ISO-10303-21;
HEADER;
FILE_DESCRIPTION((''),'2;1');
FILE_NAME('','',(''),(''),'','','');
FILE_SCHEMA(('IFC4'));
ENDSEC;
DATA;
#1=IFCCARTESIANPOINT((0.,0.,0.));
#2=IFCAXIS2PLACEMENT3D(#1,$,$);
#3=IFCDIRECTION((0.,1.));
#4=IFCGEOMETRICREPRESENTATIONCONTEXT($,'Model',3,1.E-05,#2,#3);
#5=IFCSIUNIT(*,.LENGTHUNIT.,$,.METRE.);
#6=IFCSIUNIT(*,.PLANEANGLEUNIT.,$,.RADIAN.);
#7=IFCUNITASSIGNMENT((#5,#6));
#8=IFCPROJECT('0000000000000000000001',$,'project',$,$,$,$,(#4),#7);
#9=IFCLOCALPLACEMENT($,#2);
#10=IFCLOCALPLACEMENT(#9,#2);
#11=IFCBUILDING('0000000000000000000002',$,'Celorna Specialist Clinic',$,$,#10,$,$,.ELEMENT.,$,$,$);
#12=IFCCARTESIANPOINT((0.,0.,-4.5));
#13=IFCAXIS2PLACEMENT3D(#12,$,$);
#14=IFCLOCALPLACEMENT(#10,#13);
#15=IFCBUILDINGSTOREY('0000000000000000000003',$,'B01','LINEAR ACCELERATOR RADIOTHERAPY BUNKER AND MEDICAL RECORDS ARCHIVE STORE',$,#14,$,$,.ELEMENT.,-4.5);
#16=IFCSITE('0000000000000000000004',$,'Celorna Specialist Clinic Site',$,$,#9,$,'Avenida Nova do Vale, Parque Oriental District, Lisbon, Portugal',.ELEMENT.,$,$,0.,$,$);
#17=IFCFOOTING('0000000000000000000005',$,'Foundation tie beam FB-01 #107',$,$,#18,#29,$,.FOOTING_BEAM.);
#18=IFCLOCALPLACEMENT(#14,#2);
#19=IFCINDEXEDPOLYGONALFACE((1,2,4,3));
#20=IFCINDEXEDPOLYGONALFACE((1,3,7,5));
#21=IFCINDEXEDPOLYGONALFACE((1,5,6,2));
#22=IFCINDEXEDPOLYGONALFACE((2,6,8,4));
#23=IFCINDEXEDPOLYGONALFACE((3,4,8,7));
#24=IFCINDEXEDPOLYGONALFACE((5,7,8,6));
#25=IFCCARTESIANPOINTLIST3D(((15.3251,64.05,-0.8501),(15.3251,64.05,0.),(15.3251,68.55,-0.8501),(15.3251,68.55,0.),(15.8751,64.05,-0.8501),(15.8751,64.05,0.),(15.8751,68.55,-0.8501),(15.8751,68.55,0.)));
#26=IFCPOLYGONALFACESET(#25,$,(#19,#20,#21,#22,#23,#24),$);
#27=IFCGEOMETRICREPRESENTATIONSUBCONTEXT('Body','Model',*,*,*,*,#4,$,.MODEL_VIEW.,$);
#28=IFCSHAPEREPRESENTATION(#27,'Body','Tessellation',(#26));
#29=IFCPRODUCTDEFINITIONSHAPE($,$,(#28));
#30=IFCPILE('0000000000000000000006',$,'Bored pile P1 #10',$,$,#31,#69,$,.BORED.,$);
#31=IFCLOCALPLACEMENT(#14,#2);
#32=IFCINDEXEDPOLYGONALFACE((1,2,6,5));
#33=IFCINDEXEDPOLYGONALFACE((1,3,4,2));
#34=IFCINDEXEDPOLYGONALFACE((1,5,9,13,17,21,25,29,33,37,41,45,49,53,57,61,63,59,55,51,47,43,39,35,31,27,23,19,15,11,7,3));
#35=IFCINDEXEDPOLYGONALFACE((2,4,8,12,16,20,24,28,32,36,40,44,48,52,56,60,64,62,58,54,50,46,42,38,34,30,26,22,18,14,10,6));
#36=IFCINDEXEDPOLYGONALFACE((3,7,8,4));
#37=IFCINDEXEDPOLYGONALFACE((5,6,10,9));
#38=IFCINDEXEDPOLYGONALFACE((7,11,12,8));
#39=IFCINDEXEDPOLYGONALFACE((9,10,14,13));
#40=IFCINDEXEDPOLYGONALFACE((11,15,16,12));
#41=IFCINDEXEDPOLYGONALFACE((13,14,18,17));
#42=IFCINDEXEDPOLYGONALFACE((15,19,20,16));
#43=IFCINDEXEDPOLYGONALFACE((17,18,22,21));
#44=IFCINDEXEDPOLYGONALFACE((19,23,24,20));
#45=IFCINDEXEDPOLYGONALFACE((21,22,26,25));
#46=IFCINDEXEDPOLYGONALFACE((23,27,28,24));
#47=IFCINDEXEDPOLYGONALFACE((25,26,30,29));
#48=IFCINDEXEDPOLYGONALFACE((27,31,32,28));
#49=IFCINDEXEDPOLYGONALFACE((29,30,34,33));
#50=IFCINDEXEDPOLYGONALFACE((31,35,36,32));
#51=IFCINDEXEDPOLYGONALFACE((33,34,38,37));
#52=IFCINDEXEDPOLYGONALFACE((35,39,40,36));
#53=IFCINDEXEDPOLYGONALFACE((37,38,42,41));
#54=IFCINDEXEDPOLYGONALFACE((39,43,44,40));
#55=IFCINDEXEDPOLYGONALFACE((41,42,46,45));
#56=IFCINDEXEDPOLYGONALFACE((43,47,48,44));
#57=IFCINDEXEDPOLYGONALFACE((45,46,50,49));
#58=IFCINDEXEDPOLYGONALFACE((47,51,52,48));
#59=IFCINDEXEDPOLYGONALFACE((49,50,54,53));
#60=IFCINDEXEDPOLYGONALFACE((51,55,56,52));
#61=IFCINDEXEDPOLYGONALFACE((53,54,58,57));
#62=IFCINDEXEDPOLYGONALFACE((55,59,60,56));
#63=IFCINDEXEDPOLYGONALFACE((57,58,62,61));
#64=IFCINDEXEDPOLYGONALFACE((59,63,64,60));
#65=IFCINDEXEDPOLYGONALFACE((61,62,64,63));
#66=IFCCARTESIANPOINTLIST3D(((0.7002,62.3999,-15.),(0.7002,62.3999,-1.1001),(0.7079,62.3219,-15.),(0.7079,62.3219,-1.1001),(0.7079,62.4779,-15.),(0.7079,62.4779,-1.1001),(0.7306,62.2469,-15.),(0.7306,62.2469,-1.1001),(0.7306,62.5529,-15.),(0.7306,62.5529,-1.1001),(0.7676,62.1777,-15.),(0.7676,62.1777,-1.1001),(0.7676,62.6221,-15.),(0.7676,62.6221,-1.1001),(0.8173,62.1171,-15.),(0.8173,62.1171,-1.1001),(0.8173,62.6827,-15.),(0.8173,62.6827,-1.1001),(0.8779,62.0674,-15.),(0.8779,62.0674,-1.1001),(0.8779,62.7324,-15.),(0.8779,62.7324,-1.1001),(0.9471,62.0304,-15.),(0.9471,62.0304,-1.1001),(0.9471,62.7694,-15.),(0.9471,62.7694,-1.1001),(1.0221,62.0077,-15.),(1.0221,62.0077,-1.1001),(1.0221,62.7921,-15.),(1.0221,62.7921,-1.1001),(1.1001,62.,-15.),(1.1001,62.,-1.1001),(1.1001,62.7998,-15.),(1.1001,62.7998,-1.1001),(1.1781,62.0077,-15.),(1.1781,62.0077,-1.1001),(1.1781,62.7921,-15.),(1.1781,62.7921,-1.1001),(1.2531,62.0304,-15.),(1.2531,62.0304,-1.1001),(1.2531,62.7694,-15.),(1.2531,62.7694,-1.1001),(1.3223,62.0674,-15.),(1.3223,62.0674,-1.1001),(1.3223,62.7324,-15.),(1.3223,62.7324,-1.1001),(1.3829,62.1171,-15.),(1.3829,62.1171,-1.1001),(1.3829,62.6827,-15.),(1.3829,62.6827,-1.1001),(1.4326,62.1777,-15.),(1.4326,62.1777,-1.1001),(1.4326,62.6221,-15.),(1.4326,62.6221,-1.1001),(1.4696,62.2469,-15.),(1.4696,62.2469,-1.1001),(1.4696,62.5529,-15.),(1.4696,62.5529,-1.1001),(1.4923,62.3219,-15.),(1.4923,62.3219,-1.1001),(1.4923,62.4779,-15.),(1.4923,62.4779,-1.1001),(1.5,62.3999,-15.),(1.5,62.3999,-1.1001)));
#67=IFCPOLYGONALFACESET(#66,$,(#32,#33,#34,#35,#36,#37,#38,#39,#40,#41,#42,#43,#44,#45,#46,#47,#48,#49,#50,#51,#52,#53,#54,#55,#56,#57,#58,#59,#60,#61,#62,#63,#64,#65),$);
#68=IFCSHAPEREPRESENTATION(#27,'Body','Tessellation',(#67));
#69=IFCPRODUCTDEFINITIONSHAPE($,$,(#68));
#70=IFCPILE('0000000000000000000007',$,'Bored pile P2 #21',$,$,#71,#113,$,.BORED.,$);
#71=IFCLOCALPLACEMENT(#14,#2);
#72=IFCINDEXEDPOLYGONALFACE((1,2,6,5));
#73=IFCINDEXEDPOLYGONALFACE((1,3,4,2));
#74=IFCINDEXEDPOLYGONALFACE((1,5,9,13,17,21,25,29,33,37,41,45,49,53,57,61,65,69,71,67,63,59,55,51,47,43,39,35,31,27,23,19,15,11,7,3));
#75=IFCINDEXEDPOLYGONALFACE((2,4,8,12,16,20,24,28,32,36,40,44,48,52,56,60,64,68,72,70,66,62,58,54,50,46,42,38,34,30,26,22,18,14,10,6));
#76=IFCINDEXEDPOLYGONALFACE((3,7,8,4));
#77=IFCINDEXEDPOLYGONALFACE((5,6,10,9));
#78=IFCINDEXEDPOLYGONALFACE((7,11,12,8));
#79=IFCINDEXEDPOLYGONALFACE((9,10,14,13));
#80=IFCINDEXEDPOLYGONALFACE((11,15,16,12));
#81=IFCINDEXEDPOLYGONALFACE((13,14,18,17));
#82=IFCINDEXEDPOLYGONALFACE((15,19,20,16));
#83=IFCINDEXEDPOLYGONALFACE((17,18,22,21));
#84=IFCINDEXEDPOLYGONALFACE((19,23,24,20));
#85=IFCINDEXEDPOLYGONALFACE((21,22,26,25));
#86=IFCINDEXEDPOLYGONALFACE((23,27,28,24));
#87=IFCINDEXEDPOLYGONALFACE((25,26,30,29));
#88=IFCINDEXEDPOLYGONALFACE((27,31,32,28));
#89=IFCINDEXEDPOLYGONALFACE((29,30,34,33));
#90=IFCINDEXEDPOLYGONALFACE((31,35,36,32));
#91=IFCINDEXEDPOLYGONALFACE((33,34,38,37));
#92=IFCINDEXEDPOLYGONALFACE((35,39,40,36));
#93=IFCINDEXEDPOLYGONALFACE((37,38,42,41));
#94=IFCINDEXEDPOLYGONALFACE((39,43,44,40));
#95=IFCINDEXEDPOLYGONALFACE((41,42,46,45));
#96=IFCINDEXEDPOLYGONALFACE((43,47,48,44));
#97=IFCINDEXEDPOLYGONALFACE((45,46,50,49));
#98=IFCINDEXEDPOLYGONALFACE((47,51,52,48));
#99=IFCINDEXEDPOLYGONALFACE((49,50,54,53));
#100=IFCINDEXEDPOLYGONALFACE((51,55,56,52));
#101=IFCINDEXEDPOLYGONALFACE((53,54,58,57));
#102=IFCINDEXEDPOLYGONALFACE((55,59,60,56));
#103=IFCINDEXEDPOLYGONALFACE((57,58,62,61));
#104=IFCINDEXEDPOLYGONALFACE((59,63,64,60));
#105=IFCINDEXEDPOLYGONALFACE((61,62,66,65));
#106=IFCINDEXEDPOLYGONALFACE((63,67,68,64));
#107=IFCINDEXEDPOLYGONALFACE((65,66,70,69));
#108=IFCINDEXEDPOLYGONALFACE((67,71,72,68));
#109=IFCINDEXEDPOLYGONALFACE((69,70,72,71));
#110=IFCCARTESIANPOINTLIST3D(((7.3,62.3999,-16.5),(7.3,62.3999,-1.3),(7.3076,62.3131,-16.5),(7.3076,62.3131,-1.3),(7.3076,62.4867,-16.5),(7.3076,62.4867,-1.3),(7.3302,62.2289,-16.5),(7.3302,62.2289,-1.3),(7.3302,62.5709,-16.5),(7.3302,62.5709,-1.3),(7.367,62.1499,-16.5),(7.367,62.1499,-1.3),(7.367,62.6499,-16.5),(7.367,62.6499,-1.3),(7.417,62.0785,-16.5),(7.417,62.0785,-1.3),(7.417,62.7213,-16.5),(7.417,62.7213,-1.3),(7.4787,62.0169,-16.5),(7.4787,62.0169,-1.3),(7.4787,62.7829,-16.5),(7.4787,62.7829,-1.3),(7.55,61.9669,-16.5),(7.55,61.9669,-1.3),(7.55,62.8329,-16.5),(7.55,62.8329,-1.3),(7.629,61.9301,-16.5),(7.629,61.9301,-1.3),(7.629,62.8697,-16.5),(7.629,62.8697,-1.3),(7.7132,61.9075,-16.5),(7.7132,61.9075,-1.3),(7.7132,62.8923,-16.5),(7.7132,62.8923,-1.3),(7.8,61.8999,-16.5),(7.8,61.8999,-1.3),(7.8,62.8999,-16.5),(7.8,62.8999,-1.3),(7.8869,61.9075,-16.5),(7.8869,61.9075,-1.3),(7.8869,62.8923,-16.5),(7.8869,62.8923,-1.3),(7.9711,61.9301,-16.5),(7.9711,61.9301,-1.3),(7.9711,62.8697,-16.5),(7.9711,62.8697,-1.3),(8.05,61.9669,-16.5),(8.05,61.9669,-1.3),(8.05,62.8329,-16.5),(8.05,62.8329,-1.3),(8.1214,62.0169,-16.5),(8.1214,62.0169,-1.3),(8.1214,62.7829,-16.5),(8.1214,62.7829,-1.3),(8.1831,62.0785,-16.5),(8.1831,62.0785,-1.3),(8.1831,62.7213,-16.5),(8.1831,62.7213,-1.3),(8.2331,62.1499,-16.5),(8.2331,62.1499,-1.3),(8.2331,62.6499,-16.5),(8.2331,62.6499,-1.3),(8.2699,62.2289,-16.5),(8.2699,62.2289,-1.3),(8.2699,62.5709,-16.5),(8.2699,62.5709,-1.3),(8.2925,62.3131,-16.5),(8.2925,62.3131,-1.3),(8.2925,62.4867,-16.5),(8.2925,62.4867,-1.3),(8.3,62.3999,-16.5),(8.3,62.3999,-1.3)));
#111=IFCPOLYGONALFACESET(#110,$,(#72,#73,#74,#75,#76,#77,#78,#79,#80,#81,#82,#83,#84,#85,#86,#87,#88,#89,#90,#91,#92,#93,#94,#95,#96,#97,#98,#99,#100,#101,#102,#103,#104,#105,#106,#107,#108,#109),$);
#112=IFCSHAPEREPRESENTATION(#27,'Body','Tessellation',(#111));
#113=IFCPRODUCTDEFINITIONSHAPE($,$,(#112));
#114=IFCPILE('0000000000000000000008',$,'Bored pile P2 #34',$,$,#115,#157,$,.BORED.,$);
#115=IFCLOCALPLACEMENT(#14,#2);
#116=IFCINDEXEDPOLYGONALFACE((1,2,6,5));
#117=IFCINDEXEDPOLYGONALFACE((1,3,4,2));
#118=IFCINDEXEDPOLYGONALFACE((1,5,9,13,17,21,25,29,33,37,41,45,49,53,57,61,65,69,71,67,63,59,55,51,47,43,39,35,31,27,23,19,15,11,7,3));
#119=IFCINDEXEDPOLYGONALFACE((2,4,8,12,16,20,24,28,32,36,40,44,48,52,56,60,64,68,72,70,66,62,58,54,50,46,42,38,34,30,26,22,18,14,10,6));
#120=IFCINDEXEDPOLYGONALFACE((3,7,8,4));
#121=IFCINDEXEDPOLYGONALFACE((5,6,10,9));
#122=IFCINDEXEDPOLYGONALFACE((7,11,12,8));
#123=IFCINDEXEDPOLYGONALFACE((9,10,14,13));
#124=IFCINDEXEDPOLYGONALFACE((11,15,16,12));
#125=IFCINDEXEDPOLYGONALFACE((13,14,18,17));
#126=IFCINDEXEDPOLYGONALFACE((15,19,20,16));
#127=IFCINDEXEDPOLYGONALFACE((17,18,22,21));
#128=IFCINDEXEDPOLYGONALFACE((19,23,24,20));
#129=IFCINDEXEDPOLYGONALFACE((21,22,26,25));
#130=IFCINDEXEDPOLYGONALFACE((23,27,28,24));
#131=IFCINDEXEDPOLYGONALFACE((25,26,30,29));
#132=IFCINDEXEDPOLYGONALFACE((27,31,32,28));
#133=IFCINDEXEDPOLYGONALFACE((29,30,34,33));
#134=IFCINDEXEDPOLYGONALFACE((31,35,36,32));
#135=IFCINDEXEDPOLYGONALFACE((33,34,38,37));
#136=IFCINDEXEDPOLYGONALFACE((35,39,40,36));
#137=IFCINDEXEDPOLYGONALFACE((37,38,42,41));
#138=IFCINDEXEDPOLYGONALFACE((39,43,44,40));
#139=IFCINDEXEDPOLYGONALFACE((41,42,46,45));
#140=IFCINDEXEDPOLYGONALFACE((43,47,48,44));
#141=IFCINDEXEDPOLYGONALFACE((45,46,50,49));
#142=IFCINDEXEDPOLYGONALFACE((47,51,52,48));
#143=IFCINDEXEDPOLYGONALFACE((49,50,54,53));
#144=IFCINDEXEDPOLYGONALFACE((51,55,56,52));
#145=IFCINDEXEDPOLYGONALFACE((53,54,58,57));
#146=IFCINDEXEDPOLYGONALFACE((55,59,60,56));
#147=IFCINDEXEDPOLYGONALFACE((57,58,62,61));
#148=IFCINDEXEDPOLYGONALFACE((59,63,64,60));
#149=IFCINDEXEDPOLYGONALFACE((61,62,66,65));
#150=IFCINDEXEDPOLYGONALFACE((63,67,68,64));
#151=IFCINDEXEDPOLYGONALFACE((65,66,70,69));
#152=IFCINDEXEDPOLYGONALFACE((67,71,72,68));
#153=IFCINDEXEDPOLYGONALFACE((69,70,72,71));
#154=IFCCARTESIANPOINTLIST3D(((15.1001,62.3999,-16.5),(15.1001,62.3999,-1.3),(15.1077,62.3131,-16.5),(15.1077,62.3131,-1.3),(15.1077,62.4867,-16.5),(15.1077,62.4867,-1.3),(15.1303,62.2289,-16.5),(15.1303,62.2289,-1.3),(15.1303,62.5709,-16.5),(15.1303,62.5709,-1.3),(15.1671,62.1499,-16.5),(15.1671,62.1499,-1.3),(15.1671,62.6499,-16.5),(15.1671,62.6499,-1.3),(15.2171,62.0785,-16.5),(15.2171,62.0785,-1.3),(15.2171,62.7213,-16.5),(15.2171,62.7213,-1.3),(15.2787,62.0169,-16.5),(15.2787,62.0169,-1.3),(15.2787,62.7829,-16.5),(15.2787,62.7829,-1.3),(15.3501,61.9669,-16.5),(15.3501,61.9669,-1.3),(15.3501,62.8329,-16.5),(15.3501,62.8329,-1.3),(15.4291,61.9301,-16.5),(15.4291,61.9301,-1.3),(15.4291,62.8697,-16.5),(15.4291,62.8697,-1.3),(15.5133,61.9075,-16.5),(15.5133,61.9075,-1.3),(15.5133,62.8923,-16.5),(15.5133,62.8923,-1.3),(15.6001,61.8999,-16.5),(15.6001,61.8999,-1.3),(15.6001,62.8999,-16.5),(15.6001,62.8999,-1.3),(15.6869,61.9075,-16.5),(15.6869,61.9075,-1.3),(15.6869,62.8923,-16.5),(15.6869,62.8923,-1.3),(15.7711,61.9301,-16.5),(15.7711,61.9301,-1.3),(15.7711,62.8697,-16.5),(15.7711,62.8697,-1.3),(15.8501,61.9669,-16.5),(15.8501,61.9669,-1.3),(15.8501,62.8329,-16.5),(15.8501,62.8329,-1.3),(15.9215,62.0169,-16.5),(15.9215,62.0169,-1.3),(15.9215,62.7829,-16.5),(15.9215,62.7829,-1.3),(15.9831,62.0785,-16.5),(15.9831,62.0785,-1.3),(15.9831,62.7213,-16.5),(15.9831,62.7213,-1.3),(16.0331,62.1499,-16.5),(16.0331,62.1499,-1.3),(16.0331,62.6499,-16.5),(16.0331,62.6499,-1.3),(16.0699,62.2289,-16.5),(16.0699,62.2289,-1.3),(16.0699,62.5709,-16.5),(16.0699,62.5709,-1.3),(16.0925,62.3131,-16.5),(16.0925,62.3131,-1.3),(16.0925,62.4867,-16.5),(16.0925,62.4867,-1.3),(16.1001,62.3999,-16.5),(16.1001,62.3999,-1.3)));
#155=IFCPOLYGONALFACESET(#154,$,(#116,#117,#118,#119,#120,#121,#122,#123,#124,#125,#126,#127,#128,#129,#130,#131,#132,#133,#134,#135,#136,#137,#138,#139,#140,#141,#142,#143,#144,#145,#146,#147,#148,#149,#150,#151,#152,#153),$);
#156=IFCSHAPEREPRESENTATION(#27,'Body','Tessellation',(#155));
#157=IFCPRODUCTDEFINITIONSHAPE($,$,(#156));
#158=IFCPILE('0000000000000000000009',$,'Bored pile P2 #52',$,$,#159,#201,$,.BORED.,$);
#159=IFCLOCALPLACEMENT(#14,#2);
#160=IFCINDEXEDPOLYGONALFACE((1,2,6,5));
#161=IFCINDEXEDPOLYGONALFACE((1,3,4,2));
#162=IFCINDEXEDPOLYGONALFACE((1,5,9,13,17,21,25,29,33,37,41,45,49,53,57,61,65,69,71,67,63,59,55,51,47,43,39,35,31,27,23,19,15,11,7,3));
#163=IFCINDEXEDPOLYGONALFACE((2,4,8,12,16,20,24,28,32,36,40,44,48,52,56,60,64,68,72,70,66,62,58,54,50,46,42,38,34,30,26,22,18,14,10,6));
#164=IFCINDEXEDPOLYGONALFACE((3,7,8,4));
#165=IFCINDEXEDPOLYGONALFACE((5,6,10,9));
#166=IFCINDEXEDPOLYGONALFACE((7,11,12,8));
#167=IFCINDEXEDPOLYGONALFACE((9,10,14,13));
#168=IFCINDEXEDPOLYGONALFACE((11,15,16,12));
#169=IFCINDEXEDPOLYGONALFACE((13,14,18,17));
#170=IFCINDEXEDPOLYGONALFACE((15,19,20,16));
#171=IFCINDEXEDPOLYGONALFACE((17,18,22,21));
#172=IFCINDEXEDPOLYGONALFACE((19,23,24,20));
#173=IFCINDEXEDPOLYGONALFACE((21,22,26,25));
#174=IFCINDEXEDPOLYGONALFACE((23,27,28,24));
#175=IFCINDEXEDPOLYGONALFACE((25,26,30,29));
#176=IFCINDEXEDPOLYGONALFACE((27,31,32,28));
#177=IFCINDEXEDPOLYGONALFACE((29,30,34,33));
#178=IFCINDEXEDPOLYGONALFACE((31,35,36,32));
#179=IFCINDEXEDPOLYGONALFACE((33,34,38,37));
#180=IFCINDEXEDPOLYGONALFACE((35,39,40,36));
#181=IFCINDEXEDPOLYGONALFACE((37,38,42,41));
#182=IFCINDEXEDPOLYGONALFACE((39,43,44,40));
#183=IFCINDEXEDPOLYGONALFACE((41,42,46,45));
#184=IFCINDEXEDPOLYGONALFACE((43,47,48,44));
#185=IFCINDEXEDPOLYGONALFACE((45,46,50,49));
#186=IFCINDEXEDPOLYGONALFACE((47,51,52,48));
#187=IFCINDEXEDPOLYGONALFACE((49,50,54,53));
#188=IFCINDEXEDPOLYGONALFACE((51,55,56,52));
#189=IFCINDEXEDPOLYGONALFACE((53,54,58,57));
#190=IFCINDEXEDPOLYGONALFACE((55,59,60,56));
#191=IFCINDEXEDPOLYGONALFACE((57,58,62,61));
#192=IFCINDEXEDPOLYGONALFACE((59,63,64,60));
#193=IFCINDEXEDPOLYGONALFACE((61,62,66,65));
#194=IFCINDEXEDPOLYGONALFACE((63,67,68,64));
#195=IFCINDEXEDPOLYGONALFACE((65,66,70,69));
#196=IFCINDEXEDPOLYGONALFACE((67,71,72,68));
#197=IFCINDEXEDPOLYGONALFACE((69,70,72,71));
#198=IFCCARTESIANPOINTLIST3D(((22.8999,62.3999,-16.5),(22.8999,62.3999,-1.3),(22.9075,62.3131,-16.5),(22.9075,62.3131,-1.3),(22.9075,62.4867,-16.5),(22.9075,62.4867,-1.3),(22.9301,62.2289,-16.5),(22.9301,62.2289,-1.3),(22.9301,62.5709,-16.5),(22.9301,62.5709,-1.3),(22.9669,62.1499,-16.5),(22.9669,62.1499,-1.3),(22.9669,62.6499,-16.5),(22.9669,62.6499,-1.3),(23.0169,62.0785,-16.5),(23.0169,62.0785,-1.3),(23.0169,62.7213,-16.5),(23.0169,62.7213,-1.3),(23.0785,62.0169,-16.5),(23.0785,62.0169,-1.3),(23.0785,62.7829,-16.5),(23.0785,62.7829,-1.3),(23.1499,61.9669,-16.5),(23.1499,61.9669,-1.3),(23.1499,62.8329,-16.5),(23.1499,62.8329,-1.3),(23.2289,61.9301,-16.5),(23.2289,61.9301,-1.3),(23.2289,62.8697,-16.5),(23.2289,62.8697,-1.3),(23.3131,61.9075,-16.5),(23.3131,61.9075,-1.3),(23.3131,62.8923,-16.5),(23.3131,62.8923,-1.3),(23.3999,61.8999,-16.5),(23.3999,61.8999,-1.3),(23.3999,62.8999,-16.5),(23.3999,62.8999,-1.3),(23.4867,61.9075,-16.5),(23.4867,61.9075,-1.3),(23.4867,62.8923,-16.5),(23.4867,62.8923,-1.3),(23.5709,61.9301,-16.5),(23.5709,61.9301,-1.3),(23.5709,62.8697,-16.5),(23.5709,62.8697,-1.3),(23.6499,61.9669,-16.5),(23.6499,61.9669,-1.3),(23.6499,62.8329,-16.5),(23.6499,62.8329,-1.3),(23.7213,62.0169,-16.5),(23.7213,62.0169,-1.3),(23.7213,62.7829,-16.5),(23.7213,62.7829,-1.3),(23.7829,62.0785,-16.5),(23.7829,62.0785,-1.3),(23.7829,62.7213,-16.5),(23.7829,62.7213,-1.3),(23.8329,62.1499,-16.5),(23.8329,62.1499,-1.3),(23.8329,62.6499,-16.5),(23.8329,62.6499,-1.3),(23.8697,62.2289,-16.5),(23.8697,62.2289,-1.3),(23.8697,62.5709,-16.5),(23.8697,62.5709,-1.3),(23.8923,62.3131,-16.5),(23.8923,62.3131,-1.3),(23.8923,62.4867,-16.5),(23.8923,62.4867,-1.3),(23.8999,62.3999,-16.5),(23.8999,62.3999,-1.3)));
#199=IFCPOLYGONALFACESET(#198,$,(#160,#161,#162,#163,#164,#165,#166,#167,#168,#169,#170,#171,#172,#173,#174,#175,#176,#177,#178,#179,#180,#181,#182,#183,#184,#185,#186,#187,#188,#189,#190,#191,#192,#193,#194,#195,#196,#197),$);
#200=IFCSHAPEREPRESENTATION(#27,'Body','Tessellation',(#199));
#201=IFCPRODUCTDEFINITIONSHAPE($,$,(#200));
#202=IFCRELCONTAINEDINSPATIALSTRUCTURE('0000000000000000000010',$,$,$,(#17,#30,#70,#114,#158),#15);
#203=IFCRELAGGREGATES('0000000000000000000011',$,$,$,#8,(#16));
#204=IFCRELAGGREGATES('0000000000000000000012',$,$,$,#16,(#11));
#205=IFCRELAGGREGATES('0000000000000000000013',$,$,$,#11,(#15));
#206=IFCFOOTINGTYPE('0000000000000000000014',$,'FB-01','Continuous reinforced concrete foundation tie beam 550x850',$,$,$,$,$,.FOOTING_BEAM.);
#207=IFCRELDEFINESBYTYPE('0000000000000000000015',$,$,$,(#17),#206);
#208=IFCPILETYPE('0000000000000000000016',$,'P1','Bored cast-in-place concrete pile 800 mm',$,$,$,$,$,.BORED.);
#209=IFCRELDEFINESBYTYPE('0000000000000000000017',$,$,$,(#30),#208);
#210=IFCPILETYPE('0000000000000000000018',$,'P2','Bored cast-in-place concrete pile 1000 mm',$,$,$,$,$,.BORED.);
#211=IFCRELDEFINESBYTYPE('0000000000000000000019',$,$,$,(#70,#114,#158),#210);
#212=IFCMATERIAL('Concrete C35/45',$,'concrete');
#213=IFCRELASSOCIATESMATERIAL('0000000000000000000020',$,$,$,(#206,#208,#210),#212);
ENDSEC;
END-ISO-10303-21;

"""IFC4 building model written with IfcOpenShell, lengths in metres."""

from ifc_helpers import new_model, si_unit, direction, frame, origin, origin_2d, place, context, subcontext, project, spatial, rectangle, circle, extrude, material, material_profile, profile_set, type_object, element, save


model = new_model("IFC4")

# Units and contexts
model_context = context("Model", 3, precision=1e-05, world=origin(), true_north=direction((0.0, 1.0)))
body_context = subcontext(model_context, "Body", "Model", "MODEL_VIEW")
ifc_project = project(units=[si_unit("LENGTHUNIT", "METRE"), si_unit("PLANEANGLEUNIT", "RADIAN")], contexts=[model_context])

# Site, building, storey
site_placement = place(None, origin())
site = spatial("IfcSite", under=ifc_project, at=site_placement, Name="Celorna Specialist Clinic Site", LongName="Avenida Nova do Vale, Parque Oriental District, Lisbon, Portugal", CompositionType="ELEMENT", RefElevation=0.0)
building_placement = place(site_placement, origin())
building = spatial("IfcBuilding", under=site, at=building_placement, Name="Celorna Specialist Clinic", CompositionType="ELEMENT")
storey_placement = place(building_placement, frame((0.0, 0.0, -4.5)))
storey = spatial("IfcBuildingStorey", under=building, at=storey_placement, Name="B01", Description="LINEAR ACCELERATOR RADIOTHERAPY BUNKER AND MEDICAL RECORDS ARCHIVE STORE", CompositionType="ELEMENT", Elevation=-4.5)

# Footing
ifc_material_1 = material(Name="Concrete C35/45", Category="concrete")
footing_type_1 = type_object("IfcFootingType", Name="FB-01", Description="Continuous reinforced concrete foundation tie beam 550x850", PredefinedType="FOOTING_BEAM", material=ifc_material_1)
footing_1_placement = place(storey_placement, frame((15.6001, 66.3, -0.8501), z_axis=(0.0, 0.0, 1.0), x_axis=(0.0, 1.0, 0.0)))
element("IfcFooting", 1, at=footing_1_placement, inside=storey, type_object=footing_type_1, Name="Foundation tie beam FB-01 #107", PredefinedType="FOOTING_BEAM", context=body_context, shape_type="SweptSolid", body=[
    extrude(rectangle(XDim=4.5, YDim=0.55, at=origin_2d()), origin(), (0.0, 0.0, 1.0), 0.8501),
])

# Piles
ifc_material_profile_1 = material_profile(ifc_material_1, circle(Radius=0.3999, at=origin_2d()), Name="BORED PILE 800")
ifc_profile_set_1 = profile_set([ifc_material_profile_1], Name="Concrete C35/45")
pile_type_1 = type_object("IfcPileType", Name="P1", Description="Bored cast-in-place concrete pile 800 mm", PredefinedType="BORED", material=ifc_profile_set_1)
pile_placement = place(storey_placement, frame((1.1001, 62.3999, -1.1001), z_axis=(0.0, 0.0, -1.0), x_axis=(1.0, 0.0, 0.0)))
element("IfcPile", 2, at=pile_placement, inside=storey, type_object=pile_type_1, Name="Bored pile P1 #10", PredefinedType="BORED", context=body_context, shape_type="SweptSolid", body=[
    extrude(circle(Radius=0.3999, at=origin_2d()), origin(), (0.0, 0.0, 1.0), 13.8999),
])
ifc_material_profile_2 = material_profile(ifc_material_1, circle(Radius=0.5, at=origin_2d()), Name="BORED PILE 1000")
ifc_profile_set_2 = profile_set([ifc_material_profile_2], Name="Concrete C35/45")
pile_type_2 = type_object("IfcPileType", Name="P2", Description="Bored cast-in-place concrete pile 1000 mm", PredefinedType="BORED", material=ifc_profile_set_2)
for number, where, z_axis, x_axis, name in (
    (3, (7.8, 62.3999, -1.3), (0.0, 0.0, -1.0), (1.0, 0.0, 0.0), "Bored pile P2 #21"),
    (4, (15.6001, 62.3999, -1.3), (0.0, 0.0, -1.0), (1.0, 0.0, 0.0), "Bored pile P2 #34"),
    (5, (23.3999, 62.3999, -1.3), (0.0, 0.0, -1.0), (1.0, 0.0, 0.0), "Bored pile P2 #52"),
):
    element("IfcPile", number, at=place(storey_placement, frame(where, z_axis=z_axis, x_axis=x_axis)), inside=storey, type_object=pile_type_2, Name=name, PredefinedType="BORED", context=body_context, shape_type="SweptSolid", body=[
        extrude(circle(Radius=0.5, at=origin_2d()), origin(), (0.0, 0.0, 1.0), 15.2),
    ])

save(model, "model.ifc")
